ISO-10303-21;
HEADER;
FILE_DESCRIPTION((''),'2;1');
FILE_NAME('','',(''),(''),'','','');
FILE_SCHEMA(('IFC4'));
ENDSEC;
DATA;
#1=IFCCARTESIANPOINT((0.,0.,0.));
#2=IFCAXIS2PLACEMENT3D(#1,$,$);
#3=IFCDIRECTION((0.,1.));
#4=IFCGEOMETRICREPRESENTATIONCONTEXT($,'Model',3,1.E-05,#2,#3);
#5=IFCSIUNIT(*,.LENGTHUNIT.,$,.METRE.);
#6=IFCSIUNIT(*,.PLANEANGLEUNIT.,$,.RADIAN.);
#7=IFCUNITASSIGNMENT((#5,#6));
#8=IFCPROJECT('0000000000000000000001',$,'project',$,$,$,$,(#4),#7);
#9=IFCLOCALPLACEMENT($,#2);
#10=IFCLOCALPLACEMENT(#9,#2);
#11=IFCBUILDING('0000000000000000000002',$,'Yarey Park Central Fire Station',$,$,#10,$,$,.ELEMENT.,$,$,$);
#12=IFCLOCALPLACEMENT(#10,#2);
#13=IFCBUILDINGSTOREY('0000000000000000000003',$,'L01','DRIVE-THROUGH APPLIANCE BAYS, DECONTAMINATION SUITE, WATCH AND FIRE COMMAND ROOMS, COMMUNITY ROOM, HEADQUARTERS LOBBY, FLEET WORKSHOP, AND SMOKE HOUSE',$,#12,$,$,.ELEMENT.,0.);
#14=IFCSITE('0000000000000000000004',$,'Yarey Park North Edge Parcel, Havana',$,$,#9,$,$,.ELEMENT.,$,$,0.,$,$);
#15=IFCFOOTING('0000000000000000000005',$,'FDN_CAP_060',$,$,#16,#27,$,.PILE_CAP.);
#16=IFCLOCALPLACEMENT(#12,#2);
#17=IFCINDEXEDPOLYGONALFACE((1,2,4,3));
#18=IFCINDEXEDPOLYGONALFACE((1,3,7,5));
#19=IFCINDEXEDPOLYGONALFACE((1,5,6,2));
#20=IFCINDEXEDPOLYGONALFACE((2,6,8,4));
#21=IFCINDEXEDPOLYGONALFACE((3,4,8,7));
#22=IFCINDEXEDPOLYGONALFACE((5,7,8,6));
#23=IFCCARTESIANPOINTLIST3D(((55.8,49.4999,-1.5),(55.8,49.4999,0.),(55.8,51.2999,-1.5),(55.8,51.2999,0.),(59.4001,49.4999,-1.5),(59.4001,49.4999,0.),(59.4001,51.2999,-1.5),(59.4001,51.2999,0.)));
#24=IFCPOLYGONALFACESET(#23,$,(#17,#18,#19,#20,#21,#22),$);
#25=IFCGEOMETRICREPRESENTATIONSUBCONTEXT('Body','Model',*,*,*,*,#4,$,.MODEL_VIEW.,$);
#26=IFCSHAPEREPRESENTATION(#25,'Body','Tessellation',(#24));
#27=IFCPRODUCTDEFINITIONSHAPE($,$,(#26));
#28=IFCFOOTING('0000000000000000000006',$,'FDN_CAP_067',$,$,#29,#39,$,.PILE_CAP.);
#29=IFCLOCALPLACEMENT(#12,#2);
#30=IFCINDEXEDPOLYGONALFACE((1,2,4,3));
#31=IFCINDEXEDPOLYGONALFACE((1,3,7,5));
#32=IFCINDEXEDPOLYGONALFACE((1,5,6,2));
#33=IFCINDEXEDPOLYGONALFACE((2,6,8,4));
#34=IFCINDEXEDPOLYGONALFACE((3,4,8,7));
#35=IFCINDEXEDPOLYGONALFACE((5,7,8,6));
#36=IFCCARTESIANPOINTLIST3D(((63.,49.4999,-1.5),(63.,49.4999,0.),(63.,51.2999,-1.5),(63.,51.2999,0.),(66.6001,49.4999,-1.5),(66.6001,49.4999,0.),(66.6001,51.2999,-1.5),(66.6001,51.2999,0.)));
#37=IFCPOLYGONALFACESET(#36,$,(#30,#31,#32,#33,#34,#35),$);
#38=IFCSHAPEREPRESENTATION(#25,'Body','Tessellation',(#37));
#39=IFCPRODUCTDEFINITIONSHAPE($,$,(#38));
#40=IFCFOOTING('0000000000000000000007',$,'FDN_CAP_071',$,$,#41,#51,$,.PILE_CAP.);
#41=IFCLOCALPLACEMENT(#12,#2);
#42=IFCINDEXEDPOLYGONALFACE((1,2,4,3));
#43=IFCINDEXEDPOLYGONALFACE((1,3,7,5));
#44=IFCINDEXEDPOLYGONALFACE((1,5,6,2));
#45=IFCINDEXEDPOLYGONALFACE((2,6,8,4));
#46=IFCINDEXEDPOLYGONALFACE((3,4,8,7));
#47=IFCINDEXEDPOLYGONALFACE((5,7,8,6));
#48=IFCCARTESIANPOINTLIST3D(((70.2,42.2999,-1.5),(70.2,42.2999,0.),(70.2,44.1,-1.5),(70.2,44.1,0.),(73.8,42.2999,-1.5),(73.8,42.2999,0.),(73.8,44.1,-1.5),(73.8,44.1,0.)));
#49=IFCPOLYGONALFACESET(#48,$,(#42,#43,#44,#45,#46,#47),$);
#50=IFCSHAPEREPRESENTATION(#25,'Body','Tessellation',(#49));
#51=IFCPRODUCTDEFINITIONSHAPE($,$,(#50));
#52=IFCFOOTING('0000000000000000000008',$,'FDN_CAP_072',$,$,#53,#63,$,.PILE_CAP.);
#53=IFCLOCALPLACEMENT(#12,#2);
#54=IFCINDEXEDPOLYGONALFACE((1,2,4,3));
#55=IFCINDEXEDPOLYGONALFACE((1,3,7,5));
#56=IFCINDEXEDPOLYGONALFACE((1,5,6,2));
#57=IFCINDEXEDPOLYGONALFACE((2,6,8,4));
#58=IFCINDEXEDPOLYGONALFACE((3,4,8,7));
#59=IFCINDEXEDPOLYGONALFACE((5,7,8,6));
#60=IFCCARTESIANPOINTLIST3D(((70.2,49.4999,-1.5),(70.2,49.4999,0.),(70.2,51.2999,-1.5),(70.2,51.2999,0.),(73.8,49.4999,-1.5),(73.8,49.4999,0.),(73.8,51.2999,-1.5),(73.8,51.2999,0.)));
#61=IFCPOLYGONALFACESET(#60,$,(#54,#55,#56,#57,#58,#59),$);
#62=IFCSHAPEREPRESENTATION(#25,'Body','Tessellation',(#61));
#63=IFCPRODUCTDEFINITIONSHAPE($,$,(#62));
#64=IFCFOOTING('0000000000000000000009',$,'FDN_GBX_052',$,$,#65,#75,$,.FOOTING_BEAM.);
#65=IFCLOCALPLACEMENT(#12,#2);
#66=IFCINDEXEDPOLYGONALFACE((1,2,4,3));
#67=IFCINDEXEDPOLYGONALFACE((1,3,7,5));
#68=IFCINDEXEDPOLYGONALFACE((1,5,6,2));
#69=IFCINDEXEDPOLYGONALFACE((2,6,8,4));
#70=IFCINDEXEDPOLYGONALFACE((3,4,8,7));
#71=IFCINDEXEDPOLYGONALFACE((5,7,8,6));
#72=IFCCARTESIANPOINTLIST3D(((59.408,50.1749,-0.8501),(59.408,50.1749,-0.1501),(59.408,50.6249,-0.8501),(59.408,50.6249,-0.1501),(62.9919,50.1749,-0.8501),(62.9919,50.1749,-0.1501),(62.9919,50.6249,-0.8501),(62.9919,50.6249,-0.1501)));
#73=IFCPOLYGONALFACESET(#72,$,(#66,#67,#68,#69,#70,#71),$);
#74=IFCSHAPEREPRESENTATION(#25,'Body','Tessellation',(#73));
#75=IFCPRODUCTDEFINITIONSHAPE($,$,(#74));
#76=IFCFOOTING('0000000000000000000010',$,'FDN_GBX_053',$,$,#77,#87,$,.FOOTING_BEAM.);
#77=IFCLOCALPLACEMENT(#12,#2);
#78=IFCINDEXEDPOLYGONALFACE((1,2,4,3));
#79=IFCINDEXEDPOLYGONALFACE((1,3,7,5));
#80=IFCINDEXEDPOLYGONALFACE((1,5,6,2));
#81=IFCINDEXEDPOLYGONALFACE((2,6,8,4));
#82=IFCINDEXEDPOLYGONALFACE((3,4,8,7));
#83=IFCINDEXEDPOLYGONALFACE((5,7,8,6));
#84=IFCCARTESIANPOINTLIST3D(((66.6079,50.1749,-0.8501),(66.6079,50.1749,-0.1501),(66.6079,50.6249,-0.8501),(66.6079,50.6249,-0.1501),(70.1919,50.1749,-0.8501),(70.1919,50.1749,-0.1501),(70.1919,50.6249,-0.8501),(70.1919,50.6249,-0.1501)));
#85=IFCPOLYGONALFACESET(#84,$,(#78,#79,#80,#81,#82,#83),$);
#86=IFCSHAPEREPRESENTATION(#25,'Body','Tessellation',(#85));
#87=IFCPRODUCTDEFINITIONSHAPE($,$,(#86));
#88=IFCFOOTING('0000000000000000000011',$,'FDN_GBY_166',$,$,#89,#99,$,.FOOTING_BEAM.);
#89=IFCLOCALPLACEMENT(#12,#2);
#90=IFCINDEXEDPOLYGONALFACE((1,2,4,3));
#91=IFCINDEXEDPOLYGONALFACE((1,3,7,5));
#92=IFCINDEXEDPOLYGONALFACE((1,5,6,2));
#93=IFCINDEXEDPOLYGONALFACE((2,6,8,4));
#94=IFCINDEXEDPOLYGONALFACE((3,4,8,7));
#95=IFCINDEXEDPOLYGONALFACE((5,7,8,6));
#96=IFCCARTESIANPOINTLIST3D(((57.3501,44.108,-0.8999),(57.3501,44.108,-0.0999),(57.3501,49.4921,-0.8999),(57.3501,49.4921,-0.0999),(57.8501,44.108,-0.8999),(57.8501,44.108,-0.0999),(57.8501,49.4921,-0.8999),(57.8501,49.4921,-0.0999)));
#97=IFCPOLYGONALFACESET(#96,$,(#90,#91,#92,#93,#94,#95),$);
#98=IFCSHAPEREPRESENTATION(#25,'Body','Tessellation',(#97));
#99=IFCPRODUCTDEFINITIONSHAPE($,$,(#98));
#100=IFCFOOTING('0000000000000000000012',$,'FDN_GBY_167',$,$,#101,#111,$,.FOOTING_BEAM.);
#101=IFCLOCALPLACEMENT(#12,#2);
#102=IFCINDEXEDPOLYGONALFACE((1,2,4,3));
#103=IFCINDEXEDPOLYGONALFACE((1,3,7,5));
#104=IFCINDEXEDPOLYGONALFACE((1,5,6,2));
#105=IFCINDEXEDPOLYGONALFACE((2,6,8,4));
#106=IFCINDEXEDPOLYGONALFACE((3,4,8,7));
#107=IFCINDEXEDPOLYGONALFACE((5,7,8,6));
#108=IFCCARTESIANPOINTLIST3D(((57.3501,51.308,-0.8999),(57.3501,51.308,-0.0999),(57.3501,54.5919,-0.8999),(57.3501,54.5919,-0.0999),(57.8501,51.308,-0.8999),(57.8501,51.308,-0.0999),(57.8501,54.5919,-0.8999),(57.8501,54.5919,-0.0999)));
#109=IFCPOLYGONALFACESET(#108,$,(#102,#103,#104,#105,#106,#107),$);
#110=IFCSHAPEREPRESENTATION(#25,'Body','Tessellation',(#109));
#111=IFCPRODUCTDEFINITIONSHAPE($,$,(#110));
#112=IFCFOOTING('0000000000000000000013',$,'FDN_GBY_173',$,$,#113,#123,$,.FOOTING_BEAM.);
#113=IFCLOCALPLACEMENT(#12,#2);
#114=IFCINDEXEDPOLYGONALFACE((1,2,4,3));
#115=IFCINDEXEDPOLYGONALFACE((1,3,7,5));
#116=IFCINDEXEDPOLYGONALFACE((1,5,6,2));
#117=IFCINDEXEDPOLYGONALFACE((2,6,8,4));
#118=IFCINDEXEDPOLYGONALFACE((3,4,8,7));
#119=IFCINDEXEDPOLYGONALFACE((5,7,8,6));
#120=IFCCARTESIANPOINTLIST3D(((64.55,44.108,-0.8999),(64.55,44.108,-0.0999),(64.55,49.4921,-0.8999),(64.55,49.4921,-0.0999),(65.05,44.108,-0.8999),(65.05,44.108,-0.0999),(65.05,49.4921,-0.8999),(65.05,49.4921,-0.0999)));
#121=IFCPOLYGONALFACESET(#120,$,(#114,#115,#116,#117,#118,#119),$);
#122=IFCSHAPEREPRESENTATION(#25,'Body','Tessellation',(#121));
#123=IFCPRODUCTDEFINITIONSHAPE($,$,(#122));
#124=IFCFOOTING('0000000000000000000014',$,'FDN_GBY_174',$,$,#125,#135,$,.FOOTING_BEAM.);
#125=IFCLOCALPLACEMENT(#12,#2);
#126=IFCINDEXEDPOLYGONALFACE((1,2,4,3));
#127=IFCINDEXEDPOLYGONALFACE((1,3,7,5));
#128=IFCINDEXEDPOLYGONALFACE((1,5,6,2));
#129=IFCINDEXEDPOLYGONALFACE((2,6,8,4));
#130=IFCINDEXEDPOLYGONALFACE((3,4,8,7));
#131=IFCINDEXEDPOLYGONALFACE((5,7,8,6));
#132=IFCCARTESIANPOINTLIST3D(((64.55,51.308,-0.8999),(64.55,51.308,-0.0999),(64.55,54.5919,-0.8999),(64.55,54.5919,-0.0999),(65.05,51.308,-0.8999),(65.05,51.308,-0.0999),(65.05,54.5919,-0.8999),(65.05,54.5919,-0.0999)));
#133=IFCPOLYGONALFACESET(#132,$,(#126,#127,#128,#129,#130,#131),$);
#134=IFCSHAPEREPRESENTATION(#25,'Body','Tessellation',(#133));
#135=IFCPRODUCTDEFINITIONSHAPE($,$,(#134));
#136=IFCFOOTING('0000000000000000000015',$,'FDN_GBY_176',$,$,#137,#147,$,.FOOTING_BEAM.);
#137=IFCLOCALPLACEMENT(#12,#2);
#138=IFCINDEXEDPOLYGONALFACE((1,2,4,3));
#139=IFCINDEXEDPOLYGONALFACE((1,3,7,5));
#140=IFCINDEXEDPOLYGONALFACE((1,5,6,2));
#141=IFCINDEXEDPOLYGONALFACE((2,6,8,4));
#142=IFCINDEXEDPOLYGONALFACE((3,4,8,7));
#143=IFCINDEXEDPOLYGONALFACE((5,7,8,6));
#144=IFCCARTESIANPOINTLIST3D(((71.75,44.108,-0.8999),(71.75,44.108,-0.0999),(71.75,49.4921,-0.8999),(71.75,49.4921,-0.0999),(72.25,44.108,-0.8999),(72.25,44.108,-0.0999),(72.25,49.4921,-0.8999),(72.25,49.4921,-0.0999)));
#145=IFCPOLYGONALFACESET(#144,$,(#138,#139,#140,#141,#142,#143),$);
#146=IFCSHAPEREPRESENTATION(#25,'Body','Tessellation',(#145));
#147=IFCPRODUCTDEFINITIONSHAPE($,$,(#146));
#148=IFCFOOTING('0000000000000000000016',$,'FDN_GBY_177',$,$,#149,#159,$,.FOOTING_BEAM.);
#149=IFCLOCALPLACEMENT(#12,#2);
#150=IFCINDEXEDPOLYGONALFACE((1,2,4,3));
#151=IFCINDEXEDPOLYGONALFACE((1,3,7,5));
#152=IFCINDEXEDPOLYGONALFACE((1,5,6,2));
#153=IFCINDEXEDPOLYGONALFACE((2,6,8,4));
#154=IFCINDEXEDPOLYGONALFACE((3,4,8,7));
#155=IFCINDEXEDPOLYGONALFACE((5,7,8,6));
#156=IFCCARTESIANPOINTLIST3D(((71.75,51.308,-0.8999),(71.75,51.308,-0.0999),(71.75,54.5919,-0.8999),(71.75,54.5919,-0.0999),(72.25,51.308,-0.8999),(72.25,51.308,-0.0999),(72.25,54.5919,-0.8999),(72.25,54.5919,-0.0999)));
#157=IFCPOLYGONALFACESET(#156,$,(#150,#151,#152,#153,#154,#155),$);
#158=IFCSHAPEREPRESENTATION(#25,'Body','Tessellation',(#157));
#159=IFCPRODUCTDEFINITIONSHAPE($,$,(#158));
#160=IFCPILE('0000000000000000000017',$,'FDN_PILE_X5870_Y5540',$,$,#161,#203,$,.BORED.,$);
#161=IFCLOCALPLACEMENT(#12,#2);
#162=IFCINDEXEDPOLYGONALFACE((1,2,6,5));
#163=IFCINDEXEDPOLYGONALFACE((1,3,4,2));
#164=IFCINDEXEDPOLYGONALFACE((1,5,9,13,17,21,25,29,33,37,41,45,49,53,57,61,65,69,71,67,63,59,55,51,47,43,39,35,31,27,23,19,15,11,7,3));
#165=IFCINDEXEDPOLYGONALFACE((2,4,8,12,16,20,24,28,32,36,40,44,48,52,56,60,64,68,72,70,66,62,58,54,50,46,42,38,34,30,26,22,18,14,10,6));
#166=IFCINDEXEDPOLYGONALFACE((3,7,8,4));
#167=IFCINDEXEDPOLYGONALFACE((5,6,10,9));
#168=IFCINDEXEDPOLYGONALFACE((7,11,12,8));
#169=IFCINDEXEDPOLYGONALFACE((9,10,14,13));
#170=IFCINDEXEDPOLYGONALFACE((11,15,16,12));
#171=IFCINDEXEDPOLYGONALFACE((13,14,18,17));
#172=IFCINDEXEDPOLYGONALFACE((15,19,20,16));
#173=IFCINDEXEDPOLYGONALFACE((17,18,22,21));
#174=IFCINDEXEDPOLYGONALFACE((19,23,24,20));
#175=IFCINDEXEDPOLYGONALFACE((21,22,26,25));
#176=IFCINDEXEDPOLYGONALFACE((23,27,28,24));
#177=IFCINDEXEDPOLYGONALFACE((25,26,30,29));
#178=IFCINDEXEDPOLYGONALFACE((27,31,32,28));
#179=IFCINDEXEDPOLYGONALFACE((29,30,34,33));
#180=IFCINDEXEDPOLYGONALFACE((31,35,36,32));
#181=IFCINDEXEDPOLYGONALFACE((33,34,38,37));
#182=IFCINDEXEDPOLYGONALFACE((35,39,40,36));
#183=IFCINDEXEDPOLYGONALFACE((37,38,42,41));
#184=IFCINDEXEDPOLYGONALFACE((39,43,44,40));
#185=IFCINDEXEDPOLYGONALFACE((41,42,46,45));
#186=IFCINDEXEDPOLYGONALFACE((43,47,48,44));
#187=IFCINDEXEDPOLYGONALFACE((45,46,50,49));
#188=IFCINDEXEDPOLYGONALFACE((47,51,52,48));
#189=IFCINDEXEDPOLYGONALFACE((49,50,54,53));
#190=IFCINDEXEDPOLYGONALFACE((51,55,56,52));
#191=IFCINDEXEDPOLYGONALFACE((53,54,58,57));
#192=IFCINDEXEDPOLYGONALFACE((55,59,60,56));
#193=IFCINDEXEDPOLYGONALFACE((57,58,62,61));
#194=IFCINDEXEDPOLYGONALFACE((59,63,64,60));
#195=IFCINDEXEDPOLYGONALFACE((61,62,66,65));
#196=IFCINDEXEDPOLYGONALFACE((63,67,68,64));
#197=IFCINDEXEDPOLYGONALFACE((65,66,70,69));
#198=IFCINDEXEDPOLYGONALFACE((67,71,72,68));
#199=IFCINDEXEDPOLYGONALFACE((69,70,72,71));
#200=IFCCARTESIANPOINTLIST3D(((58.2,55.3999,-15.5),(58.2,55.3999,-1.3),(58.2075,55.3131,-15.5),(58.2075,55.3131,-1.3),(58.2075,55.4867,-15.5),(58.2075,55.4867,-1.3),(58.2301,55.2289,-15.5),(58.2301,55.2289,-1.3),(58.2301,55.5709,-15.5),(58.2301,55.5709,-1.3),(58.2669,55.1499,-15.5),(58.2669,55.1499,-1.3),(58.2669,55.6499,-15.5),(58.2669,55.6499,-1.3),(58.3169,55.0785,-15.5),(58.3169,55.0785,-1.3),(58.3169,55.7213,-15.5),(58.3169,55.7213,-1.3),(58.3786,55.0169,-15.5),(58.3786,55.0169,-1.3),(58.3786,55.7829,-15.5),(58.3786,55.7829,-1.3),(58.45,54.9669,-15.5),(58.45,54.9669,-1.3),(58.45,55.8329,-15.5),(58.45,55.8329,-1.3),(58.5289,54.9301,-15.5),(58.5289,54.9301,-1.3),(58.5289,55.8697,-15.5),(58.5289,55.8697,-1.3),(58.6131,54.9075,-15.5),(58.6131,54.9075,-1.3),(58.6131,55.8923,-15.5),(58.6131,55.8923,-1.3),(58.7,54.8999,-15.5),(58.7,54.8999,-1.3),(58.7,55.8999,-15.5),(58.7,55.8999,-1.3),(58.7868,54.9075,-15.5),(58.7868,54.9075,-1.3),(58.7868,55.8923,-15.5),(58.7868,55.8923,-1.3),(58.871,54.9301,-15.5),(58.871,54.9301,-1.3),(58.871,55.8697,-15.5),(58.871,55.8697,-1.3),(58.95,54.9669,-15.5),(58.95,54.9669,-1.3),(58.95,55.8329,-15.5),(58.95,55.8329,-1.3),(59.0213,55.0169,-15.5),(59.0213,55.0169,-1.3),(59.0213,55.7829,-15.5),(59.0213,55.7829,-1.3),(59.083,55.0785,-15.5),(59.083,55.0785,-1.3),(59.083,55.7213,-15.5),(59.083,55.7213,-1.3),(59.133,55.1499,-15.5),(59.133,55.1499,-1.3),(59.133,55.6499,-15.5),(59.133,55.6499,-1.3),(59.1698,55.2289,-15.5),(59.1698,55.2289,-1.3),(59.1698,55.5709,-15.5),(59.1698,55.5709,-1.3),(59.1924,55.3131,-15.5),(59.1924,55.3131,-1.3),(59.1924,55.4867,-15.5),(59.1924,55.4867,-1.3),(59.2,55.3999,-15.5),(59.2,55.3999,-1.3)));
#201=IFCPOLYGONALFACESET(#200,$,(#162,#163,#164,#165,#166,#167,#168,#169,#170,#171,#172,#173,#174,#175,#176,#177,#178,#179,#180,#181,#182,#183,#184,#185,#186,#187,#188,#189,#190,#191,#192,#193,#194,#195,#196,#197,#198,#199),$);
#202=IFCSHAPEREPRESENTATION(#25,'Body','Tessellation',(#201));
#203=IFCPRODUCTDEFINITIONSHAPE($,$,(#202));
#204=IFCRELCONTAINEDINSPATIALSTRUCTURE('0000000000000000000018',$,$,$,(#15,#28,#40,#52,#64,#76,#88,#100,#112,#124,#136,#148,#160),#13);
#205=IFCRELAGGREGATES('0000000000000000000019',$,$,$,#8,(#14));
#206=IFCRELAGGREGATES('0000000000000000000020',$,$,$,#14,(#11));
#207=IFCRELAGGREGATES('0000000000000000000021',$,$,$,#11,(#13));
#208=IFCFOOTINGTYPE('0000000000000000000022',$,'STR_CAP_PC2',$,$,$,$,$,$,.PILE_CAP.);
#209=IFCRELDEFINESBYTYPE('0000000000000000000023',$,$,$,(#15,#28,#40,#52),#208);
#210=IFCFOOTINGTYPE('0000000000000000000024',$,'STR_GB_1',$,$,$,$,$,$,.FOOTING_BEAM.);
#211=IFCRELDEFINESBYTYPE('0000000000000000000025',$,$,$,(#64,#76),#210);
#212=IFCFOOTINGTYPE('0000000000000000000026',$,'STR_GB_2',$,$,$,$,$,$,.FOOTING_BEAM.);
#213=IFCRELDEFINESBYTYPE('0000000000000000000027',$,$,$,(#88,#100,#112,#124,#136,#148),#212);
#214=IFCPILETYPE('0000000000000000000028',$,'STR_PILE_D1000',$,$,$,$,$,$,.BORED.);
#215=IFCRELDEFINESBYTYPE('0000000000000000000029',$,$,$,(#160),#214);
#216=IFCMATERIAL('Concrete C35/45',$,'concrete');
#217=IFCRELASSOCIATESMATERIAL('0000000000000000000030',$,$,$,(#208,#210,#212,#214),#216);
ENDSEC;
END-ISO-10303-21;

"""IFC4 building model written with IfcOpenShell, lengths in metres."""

from ifc_helpers import new_model, si_unit, direction, frame, origin, origin_2d, place, context, subcontext, project, spatial, rectangle, circle, extrude, material, material_profile, profile_set, type_object, element, save


model = new_model("IFC4")

# Units and contexts
model_context = context("Model", 3, precision=1e-05, world=origin(), true_north=direction((0.0, 1.0)))
body_context = subcontext(model_context, "Body", "Model", "MODEL_VIEW")
ifc_project = project(units=[si_unit("LENGTHUNIT", "METRE"), si_unit("PLANEANGLEUNIT", "RADIAN")], contexts=[model_context])

# Site, building, storey
site_placement = place(None, origin())
site = spatial("IfcSite", under=ifc_project, at=site_placement, Name="Yarey Park North Edge Parcel, Havana", CompositionType="ELEMENT", RefElevation=0.0)
building_placement = place(site_placement, origin())
building = spatial("IfcBuilding", under=site, at=building_placement, Name="Yarey Park Central Fire Station", CompositionType="ELEMENT")
storey_placement = place(building_placement, origin())
storey = spatial("IfcBuildingStorey", under=building, at=storey_placement, Name="L01", Description="DRIVE-THROUGH APPLIANCE BAYS, DECONTAMINATION SUITE, WATCH AND FIRE COMMAND ROOMS, COMMUNITY ROOM, HEADQUARTERS LOBBY, FLEET WORKSHOP, AND SMOKE HOUSE", CompositionType="ELEMENT", Elevation=0.0)

# Footings
ifc_material_1 = material(Name="Concrete C35/45", Category="concrete")
footing_type_1 = type_object("IfcFootingType", Name="STR_CAP_PC2", PredefinedType="PILE_CAP", material=ifc_material_1)
for number, where, z_axis, x_axis, name in (
    (1, (57.6001, 50.3999, -1.5), (0.0, 0.0, 1.0), (1.0, 0.0, 0.0), "FDN_CAP_060"),
    (2, (64.8, 50.3999, -1.5), (0.0, 0.0, 1.0), (1.0, 0.0, 0.0), "FDN_CAP_067"),
    (3, (72.0, 43.2, -1.5), (0.0, 0.0, 1.0), (1.0, 0.0, 0.0), "FDN_CAP_071"),
    (4, (72.0, 50.3999, -1.5), (0.0, 0.0, 1.0), (1.0, 0.0, 0.0), "FDN_CAP_072"),
):
    element("IfcFooting", number, at=place(storey_placement, frame(where, z_axis=z_axis, x_axis=x_axis)), inside=storey, type_object=footing_type_1, Name=name, PredefinedType="PILE_CAP", context=body_context, shape_type="SweptSolid", body=[
        extrude(rectangle(XDim=3.6001, YDim=1.8, at=origin_2d()), origin(), (0.0, 0.0, 1.0), 1.5),
    ])
footing_type_2 = type_object("IfcFootingType", Name="STR_GB_1", PredefinedType="FOOTING_BEAM", material=ifc_material_1)
for number, where, z_axis, x_axis, name in (
    (5, (61.2, 50.3999, -0.8501), (0.0, 0.0, 1.0), (1.0, 0.0, 0.0), "FDN_GBX_052"),
    (6, (68.3999, 50.3999, -0.8501), (0.0, 0.0, 1.0), (1.0, 0.0, 0.0), "FDN_GBX_053"),
):
    element("IfcFooting", number, at=place(storey_placement, frame(where, z_axis=z_axis, x_axis=x_axis)), inside=storey, type_object=footing_type_2, Name=name, PredefinedType="FOOTING_BEAM", context=body_context, shape_type="SweptSolid", body=[
        extrude(rectangle(XDim=3.584, YDim=0.45, at=origin_2d()), origin(), (0.0, 0.0, 1.0), 0.7),
    ])
footing_type_3 = type_object("IfcFootingType", Name="STR_GB_2", PredefinedType="FOOTING_BEAM", material=ifc_material_1)
footing_1_placement = place(storey_placement, frame((57.6001, 46.8, -0.8999), z_axis=(0.0, 0.0, 1.0), x_axis=(1.0, 0.0, 0.0)))
element("IfcFooting", 7, at=footing_1_placement, inside=storey, type_object=footing_type_3, Name="FDN_GBY_166", PredefinedType="FOOTING_BEAM", context=body_context, shape_type="SweptSolid", body=[
    extrude(rectangle(XDim=0.5, YDim=5.384, at=origin_2d()), origin(), (0.0, 0.0, 1.0), 0.8),
])
footing_2_placement = place(storey_placement, frame((57.6001, 52.95, -0.8999), z_axis=(0.0, 0.0, 1.0), x_axis=(1.0, 0.0, 0.0)))
element("IfcFooting", 8, at=footing_2_placement, inside=storey, type_object=footing_type_3, Name="FDN_GBY_167", PredefinedType="FOOTING_BEAM", context=body_context, shape_type="SweptSolid", body=[
    extrude(rectangle(XDim=0.5, YDim=3.2839, at=origin_2d()), origin(), (0.0, 0.0, 1.0), 0.8),
])
footing_3_placement = place(storey_placement, frame((64.8, 46.8, -0.8999), z_axis=(0.0, 0.0, 1.0), x_axis=(1.0, 0.0, 0.0)))
element("IfcFooting", 9, at=footing_3_placement, inside=storey, type_object=footing_type_3, Name="FDN_GBY_173", PredefinedType="FOOTING_BEAM", context=body_context, shape_type="SweptSolid", body=[
    extrude(rectangle(XDim=0.5, YDim=5.384, at=origin_2d()), origin(), (0.0, 0.0, 1.0), 0.8),
])
footing_4_placement = place(storey_placement, frame((64.8, 52.95, -0.8999), z_axis=(0.0, 0.0, 1.0), x_axis=(1.0, 0.0, 0.0)))
element("IfcFooting", 10, at=footing_4_placement, inside=storey, type_object=footing_type_3, Name="FDN_GBY_174", PredefinedType="FOOTING_BEAM", context=body_context, shape_type="SweptSolid", body=[
    extrude(rectangle(XDim=0.5, YDim=3.2839, at=origin_2d()), origin(), (0.0, 0.0, 1.0), 0.8),
])
footing_5_placement = place(storey_placement, frame((72.0, 46.8, -0.8999), z_axis=(0.0, 0.0, 1.0), x_axis=(1.0, 0.0, 0.0)))
element("IfcFooting", 11, at=footing_5_placement, inside=storey, type_object=footing_type_3, Name="FDN_GBY_176", PredefinedType="FOOTING_BEAM", context=body_context, shape_type="SweptSolid", body=[
    extrude(rectangle(XDim=0.5, YDim=5.384, at=origin_2d()), origin(), (0.0, 0.0, 1.0), 0.8),
])
footing_6_placement = place(storey_placement, frame((72.0, 52.95, -0.8999), z_axis=(0.0, 0.0, 1.0), x_axis=(1.0, 0.0, 0.0)))
element("IfcFooting", 12, at=footing_6_placement, inside=storey, type_object=footing_type_3, Name="FDN_GBY_177", PredefinedType="FOOTING_BEAM", context=body_context, shape_type="SweptSolid", body=[
    extrude(rectangle(XDim=0.5, YDim=3.2839, at=origin_2d()), origin(), (0.0, 0.0, 1.0), 0.8),
])

# Pile
ifc_material_profile_1 = material_profile(ifc_material_1, circle(Radius=0.5, at=origin_2d()), Name="BORED PILE D1000")
ifc_profile_set_1 = profile_set([ifc_material_profile_1], Name="Concrete C35/45")
pile_type_1 = type_object("IfcPileType", Name="STR_PILE_D1000", PredefinedType="BORED", material=ifc_profile_set_1)
for number, where, z_axis, x_axis, name in (
    (13, (58.7, 55.3999, -1.3), (0.0, 0.0, -1.0), (1.0, 0.0, 0.0), "FDN_PILE_X5870_Y5540"),
):
    element("IfcPile", number, at=place(storey_placement, frame(where, z_axis=z_axis, x_axis=x_axis)), inside=storey, type_object=pile_type_1, Name=name, PredefinedType="BORED", context=body_context, shape_type="SweptSolid", body=[
        extrude(circle(Radius=0.5, at=origin_2d()), origin(), (0.0, 0.0, 1.0), 14.2),
    ])

save(model, "model.ifc")
